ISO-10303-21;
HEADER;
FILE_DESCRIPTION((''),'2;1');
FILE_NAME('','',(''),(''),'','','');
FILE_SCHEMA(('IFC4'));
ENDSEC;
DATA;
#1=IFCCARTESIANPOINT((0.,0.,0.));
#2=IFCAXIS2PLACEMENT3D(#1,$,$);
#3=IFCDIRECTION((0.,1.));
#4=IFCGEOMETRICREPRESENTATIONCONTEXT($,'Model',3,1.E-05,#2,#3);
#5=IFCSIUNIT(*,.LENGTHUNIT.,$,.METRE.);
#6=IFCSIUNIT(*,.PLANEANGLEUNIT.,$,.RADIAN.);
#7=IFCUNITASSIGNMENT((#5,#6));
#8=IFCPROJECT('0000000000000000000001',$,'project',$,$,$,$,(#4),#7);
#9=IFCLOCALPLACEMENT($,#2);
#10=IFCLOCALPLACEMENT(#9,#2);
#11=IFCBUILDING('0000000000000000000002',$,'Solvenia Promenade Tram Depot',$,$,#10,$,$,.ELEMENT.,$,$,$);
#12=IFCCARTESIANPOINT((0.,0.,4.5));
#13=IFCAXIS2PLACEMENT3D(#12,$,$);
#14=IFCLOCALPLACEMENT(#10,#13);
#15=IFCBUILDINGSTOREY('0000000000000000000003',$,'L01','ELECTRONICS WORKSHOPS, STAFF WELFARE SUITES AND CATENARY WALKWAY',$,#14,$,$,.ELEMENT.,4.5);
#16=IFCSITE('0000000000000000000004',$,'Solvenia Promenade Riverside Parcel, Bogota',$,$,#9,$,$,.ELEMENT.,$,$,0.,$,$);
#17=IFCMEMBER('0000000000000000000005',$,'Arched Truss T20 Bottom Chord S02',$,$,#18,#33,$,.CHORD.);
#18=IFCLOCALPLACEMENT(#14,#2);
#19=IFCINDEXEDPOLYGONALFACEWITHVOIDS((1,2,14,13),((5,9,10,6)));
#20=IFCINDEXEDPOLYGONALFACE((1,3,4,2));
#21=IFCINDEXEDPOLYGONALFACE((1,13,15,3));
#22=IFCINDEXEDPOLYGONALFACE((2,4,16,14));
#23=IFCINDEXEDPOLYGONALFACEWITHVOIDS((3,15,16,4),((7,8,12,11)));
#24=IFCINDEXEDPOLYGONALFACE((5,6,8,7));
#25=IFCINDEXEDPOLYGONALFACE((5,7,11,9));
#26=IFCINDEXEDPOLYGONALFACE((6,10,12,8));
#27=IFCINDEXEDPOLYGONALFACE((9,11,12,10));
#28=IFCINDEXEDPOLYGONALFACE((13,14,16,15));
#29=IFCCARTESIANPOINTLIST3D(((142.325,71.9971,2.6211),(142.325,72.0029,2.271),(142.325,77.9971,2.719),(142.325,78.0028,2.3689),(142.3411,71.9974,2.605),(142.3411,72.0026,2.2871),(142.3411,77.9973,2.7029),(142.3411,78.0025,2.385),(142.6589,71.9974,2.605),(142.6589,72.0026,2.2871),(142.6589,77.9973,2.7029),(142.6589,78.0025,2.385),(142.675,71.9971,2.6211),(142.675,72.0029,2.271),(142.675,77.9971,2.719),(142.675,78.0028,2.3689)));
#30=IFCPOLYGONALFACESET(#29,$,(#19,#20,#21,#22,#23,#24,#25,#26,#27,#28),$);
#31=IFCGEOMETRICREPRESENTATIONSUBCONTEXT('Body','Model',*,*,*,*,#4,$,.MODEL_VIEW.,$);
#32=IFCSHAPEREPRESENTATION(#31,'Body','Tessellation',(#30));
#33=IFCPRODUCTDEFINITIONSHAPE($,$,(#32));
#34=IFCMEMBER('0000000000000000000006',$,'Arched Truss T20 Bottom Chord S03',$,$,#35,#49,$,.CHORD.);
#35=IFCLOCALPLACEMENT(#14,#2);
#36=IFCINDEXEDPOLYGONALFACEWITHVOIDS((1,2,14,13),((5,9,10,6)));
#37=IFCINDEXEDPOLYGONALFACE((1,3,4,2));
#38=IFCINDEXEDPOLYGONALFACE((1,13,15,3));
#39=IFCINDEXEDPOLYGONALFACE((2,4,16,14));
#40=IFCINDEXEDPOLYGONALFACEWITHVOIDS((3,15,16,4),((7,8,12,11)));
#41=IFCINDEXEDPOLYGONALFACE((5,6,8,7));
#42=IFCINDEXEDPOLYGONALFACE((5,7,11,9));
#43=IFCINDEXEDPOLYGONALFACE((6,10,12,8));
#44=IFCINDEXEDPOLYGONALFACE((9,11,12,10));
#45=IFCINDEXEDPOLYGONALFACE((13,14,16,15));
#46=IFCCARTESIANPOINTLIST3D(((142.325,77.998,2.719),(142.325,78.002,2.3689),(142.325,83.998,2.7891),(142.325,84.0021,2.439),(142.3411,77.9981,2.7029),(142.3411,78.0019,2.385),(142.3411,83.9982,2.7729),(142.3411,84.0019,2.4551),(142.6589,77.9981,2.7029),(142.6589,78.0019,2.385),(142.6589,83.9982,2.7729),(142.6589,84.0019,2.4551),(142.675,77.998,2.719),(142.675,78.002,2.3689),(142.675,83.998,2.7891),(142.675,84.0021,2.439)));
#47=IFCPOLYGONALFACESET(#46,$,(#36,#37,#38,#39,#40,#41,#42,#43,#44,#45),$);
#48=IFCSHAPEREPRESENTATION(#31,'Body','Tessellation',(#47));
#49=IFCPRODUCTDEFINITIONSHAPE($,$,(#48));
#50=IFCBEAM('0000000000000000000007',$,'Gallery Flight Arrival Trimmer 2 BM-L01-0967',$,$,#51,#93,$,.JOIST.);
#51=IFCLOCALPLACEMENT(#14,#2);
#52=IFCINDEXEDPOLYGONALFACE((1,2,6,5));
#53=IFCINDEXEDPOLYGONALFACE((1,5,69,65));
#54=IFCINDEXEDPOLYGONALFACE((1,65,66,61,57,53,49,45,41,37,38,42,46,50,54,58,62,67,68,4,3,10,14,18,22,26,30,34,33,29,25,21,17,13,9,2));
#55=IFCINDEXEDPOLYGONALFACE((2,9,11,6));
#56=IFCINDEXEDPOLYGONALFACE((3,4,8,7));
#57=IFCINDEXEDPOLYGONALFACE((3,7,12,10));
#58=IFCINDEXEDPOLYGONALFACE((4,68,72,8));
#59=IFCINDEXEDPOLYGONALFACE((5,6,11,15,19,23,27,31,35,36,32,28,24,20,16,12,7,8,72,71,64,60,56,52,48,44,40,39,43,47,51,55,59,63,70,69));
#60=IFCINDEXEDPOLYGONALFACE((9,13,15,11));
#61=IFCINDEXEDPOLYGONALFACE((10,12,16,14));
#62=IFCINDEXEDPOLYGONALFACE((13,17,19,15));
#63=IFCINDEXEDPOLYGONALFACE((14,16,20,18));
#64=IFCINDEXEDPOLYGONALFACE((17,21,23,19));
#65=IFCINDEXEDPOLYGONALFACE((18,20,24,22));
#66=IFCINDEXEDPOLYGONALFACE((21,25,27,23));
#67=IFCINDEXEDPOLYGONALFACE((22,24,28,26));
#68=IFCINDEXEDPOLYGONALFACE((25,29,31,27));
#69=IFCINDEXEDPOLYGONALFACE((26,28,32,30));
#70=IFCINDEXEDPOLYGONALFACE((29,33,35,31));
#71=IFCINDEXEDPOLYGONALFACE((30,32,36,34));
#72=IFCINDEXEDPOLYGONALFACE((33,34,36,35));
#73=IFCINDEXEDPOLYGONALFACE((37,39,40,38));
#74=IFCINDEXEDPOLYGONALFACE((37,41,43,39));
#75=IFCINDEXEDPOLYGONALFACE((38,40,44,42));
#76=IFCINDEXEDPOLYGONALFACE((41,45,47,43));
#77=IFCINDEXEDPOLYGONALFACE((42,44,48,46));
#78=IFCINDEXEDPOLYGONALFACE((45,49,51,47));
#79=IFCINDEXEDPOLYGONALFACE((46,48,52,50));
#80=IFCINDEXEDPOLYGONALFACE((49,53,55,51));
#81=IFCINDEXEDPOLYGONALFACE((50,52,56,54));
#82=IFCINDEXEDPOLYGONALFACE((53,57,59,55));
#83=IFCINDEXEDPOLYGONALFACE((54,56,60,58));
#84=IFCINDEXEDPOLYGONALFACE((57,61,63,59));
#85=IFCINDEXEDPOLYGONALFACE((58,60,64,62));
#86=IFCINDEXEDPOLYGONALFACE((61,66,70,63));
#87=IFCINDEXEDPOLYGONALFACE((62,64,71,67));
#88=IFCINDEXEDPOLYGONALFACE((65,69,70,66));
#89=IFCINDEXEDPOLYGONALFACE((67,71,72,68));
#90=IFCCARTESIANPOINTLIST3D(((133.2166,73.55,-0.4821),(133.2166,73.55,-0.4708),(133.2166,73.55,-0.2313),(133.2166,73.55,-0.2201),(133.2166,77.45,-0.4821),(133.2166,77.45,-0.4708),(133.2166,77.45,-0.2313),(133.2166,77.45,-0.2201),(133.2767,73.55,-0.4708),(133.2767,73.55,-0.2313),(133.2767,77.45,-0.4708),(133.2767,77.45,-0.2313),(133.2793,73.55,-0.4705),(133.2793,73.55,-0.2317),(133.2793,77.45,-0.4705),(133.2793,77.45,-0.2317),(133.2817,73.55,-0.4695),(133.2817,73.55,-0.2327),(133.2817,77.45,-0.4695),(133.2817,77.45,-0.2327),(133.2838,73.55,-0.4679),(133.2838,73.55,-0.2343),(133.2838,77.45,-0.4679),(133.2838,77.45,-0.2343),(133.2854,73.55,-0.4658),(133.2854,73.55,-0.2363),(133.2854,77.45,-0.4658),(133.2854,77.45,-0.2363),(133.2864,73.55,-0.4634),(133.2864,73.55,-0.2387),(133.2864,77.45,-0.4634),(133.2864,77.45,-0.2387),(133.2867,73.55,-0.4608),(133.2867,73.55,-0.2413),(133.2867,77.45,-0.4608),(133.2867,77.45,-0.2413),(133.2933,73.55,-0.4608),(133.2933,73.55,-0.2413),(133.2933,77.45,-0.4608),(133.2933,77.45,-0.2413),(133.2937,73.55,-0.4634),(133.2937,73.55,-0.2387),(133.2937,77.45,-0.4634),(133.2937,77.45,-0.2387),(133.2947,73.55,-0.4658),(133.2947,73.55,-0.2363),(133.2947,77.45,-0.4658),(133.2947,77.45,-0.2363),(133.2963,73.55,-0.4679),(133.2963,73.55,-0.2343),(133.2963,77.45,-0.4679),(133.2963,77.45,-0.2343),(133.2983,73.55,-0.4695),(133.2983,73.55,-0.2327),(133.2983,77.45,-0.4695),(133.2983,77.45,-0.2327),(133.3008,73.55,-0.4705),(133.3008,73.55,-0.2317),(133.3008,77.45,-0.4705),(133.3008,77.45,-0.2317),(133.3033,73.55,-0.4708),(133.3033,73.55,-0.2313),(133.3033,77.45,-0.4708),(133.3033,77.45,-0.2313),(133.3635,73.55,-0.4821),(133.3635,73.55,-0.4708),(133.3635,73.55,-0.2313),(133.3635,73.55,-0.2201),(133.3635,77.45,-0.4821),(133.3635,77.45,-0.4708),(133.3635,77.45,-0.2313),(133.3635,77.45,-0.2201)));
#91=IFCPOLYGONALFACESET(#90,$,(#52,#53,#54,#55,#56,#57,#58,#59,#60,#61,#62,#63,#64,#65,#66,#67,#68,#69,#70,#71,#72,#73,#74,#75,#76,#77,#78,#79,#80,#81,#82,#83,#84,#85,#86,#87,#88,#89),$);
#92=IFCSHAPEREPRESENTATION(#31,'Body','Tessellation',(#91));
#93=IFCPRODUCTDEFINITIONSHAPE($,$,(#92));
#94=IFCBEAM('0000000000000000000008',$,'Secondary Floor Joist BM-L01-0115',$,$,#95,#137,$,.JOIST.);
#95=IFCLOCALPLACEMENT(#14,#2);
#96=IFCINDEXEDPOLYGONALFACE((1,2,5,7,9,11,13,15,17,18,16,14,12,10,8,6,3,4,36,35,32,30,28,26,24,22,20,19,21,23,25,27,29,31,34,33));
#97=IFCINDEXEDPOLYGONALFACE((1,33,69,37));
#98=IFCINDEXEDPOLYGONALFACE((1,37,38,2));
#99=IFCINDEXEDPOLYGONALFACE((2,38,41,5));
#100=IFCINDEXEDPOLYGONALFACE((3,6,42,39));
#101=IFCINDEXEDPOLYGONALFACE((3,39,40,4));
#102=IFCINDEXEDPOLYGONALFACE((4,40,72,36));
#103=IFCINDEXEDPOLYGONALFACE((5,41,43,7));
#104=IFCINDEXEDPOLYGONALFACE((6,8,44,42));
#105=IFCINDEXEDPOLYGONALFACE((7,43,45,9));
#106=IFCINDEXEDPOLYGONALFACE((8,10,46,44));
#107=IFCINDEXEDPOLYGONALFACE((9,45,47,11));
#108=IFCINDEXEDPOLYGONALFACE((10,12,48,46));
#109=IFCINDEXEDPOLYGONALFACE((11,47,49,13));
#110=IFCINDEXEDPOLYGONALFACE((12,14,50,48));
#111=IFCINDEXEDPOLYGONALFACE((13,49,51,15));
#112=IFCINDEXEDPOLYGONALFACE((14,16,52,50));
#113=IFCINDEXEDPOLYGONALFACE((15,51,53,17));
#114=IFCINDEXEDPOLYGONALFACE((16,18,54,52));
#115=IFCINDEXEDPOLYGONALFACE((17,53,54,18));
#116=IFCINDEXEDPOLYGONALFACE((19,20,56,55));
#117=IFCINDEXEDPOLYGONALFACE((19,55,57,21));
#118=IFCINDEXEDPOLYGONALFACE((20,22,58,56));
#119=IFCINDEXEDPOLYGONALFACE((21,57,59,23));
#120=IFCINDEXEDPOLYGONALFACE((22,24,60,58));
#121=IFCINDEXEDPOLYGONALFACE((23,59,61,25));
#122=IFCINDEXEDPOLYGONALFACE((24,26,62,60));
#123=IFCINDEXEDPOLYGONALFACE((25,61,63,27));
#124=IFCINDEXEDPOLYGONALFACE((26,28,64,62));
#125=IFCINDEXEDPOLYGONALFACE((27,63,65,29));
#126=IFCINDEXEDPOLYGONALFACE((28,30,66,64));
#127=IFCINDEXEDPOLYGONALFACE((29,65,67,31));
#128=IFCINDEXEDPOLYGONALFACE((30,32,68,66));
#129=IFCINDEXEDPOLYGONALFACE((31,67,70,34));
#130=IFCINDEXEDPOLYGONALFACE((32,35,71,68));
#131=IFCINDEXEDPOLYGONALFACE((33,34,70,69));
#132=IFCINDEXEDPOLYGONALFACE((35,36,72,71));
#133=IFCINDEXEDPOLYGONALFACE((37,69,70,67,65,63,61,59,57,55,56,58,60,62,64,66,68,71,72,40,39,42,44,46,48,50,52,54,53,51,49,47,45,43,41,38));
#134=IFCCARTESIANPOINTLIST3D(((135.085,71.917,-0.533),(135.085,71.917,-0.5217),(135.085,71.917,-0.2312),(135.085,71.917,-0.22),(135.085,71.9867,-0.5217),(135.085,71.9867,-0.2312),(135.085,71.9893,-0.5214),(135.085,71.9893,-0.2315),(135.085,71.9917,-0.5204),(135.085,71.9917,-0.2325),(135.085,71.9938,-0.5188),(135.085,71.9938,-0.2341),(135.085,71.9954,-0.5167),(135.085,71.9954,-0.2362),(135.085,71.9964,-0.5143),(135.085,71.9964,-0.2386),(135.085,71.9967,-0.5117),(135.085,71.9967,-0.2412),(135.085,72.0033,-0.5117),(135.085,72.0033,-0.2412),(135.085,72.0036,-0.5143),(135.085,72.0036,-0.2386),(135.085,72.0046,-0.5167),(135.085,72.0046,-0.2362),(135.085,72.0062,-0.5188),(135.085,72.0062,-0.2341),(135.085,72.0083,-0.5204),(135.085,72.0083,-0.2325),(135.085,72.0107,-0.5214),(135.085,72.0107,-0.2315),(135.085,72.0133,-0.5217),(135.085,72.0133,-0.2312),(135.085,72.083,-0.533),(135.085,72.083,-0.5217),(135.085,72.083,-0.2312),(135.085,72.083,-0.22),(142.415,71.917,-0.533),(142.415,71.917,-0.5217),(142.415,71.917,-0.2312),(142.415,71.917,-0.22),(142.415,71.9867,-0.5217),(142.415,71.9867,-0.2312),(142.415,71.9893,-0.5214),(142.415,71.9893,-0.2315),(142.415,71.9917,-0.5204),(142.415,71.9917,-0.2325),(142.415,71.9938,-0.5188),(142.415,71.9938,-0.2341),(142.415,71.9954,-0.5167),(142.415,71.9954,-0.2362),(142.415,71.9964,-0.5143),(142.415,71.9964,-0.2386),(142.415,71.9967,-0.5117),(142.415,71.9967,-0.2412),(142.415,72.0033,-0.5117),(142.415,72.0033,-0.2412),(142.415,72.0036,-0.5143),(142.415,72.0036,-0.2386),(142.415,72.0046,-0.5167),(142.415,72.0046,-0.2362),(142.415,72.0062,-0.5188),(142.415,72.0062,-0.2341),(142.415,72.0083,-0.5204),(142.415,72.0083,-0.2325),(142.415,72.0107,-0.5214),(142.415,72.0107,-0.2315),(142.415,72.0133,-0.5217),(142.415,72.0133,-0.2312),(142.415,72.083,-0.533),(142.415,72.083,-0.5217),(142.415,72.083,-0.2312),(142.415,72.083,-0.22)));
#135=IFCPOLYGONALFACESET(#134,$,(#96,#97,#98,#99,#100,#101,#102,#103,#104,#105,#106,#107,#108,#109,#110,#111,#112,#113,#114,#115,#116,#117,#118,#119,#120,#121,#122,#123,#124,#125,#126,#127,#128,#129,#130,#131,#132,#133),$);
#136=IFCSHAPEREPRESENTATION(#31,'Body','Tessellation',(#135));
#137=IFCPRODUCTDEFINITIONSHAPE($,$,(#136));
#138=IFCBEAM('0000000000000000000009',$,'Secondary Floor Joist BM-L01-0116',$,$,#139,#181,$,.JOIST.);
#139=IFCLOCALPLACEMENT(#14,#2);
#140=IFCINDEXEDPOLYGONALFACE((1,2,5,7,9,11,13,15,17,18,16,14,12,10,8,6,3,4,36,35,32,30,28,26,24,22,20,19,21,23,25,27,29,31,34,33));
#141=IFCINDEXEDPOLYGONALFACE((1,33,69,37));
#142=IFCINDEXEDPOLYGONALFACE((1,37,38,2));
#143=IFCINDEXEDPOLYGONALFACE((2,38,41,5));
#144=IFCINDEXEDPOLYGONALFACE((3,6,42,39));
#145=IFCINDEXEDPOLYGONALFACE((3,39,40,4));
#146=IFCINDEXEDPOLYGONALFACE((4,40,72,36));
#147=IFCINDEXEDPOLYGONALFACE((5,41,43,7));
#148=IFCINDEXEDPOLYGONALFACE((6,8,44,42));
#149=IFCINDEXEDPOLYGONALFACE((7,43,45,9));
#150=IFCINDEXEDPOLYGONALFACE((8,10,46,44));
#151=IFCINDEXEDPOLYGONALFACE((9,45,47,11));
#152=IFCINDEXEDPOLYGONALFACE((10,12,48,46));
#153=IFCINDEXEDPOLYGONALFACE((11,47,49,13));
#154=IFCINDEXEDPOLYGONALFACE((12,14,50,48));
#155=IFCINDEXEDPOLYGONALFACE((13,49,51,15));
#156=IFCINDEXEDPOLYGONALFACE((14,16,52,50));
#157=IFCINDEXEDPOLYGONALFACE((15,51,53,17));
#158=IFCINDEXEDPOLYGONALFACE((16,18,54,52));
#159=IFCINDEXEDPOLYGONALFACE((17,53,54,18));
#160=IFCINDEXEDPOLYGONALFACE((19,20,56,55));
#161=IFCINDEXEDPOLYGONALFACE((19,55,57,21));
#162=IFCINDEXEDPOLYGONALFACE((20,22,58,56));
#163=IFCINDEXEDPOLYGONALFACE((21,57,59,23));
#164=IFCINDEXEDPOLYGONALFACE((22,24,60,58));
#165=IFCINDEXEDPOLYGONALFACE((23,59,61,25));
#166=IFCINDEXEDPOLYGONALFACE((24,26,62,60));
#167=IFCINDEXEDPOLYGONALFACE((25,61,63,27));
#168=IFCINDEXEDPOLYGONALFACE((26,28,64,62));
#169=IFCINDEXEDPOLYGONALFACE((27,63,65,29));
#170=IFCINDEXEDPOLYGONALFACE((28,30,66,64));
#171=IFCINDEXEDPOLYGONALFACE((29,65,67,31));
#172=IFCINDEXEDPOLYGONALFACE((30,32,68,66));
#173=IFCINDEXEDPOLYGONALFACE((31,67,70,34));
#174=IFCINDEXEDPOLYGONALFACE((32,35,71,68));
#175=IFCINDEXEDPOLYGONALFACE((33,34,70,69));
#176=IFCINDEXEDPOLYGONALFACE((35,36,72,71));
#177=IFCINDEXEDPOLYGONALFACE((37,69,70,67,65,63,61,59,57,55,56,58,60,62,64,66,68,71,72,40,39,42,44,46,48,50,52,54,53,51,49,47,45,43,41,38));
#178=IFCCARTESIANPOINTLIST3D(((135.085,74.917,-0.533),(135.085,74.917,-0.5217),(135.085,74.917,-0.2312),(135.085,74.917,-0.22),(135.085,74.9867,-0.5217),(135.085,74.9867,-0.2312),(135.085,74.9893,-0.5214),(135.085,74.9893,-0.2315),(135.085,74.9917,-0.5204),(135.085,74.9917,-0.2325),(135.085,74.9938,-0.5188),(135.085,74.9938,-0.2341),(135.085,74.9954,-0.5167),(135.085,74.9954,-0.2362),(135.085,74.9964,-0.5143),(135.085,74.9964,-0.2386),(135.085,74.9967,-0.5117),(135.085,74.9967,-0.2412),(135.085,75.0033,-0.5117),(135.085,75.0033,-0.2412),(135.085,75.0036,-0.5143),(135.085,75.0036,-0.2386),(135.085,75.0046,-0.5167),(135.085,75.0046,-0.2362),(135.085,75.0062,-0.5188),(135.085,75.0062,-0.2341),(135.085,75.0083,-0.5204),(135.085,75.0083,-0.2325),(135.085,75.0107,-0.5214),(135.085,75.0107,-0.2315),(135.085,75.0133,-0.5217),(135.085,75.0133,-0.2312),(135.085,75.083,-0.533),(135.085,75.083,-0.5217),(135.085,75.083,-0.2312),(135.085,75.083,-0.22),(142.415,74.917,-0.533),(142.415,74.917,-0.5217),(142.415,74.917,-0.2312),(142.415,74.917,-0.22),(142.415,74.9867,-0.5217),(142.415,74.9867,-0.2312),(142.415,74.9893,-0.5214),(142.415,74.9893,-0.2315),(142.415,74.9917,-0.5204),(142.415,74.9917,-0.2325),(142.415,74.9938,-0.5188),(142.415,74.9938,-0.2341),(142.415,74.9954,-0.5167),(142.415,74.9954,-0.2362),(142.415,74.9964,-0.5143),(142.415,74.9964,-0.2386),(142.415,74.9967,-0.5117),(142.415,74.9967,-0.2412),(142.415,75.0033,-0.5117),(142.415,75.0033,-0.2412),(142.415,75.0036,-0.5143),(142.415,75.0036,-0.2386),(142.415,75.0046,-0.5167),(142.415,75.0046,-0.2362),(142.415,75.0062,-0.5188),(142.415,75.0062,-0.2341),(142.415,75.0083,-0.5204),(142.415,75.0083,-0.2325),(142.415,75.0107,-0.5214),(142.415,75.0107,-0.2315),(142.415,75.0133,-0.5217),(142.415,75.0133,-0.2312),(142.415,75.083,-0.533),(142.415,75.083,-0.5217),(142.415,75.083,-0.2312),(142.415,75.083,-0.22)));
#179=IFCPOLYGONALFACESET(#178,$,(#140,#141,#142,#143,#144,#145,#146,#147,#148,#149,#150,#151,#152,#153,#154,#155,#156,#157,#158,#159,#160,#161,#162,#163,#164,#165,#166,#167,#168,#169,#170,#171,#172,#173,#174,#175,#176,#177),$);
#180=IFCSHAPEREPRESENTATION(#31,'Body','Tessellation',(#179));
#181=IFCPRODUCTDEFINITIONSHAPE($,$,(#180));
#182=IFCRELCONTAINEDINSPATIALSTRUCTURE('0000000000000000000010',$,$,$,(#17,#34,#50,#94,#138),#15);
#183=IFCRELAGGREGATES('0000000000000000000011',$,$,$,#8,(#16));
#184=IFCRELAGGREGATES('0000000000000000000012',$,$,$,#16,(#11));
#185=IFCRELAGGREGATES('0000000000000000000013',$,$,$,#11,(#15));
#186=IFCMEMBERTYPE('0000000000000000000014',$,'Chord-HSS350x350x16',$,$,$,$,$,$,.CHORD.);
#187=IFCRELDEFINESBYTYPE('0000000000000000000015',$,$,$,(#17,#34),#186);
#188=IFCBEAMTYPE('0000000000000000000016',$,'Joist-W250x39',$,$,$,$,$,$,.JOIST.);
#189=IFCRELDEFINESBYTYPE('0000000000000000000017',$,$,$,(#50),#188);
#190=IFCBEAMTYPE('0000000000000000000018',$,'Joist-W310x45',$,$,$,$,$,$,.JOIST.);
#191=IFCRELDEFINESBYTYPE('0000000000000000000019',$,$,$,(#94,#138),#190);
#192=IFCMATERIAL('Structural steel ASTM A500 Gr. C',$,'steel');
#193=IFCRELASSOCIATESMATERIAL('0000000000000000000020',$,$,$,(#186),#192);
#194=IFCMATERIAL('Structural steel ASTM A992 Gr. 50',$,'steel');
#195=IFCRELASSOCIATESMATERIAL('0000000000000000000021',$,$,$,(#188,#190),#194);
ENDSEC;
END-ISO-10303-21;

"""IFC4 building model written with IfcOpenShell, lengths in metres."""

from ifc_helpers import new_model, si_unit, direction, frame, origin, origin_2d, place, context, subcontext, project, spatial, hollow_rectangle, i_section, extrude, material, material_profile, profile_set, type_object, element, save


model = new_model("IFC4")

# Units and contexts
model_context = context("Model", 3, precision=1e-05, world=origin(), true_north=direction((0.0, 1.0)))
body_context = subcontext(model_context, "Body", "Model", "MODEL_VIEW")
ifc_project = project(units=[si_unit("LENGTHUNIT", "METRE"), si_unit("PLANEANGLEUNIT", "RADIAN")], contexts=[model_context])

# Site, building, storey
site_placement = place(None, origin())
site = spatial("IfcSite", under=ifc_project, at=site_placement, Name="Solvenia Promenade Riverside Parcel, Bogota", CompositionType="ELEMENT", RefElevation=0.0)
building_placement = place(site_placement, origin())
building = spatial("IfcBuilding", under=site, at=building_placement, Name="Solvenia Promenade Tram Depot", CompositionType="ELEMENT")
storey_placement = place(building_placement, frame((0.0, 0.0, 4.5)))
storey = spatial("IfcBuildingStorey", under=building, at=storey_placement, Name="L01", Description="ELECTRONICS WORKSHOPS, STAFF WELFARE SUITES AND CATENARY WALKWAY", CompositionType="ELEMENT", Elevation=4.5)

# Members
ifc_material_1 = material(Name="Structural steel ASTM A500 Gr. C", Category="steel")
ifc_material_profile_1 = material_profile(ifc_material_1, hollow_rectangle(XDim=0.3501, YDim=0.3501, WallThickness=0.0161, at=origin_2d()), Name="HSS350x350x16", Category="steel")
ifc_profile_set_1 = profile_set([ifc_material_profile_1], Name="Structural steel ASTM A500 Gr. C")
member_type_1 = type_object("IfcMemberType", Name="Chord-HSS350x350x16", PredefinedType="CHORD", material=ifc_profile_set_1)
member_1_placement = place(storey_placement, frame((142.5, 72.0, 2.446), z_axis=(0.0, 0.999867, 0.016315), x_axis=(-1.0, 0.0, 0.0)))
element("IfcMember", 1, at=member_1_placement, inside=storey, type_object=member_type_1, Name="Arched Truss T20 Bottom Chord S02", PredefinedType="CHORD", context=body_context, shape_type="SweptSolid", body=[
    extrude(hollow_rectangle(XDim=0.3501, YDim=0.3501, WallThickness=0.0161, at=origin_2d()), origin(), (0.0, 0.0, 1.0), 6.0007),
])
member_2_placement = place(storey_placement, frame((142.5, 78.0, 2.5439), z_axis=(0.0, 0.999932, 0.011677), x_axis=(-1.0, 0.0, 0.0)))
element("IfcMember", 2, at=member_2_placement, inside=storey, type_object=member_type_1, Name="Arched Truss T20 Bottom Chord S03", PredefinedType="CHORD", context=body_context, shape_type="SweptSolid", body=[
    extrude(hollow_rectangle(XDim=0.3501, YDim=0.3501, WallThickness=0.0161, at=origin_2d()), origin(), (0.0, 0.0, 1.0), 6.0005),
])

# Beams
ifc_material_2 = material(Name="Structural steel ASTM A992 Gr. 50", Category="steel")
ifc_material_profile_2 = material_profile(ifc_material_2, i_section(OverallWidth=0.147, OverallDepth=0.262, WebThickness=0.0066, FlangeThickness=0.0112, FilletRadius=0.01, at=origin_2d()), Name="W250x39", Category="steel")
ifc_profile_set_2 = profile_set([ifc_material_profile_2], Name="Structural steel ASTM A992 Gr. 50")
beam_type_1 = type_object("IfcBeamType", Name="Joist-W250x39", PredefinedType="JOIST", material=ifc_profile_set_2)
beam_1_placement = place(storey_placement, frame((133.29, 73.55, -0.3511), z_axis=(0.0, 1.0, 0.0), x_axis=(-1.0, 0.0, 0.0)))
element("IfcBeam", 3, at=beam_1_placement, inside=storey, type_object=beam_type_1, Name="Gallery Flight Arrival Trimmer 2 BM-L01-0967", PredefinedType="JOIST", context=body_context, shape_type="SweptSolid", body=[
    extrude(i_section(OverallWidth=0.147, OverallDepth=0.262, WebThickness=0.0066, FlangeThickness=0.0112, FilletRadius=0.01, at=origin_2d()), origin(), (0.0, 0.0, 1.0), 3.8999),
])
ifc_material_profile_3 = material_profile(ifc_material_2, i_section(OverallWidth=0.166, OverallDepth=0.313, WebThickness=0.0066, FlangeThickness=0.0112, FilletRadius=0.01, at=origin_2d()), Name="W310x45", Category="steel")
ifc_profile_set_3 = profile_set([ifc_material_profile_3], Name="Structural steel ASTM A992 Gr. 50")
beam_type_2 = type_object("IfcBeamType", Name="Joist-W310x45", PredefinedType="JOIST", material=ifc_profile_set_3)
for number, where, z_axis, x_axis, name in (
    (4, (135.085, 72.0, -0.3765), (1.0, 0.0, 0.0), (0.0, 1.0, 0.0), "Secondary Floor Joist BM-L01-0115"),
    (5, (135.085, 75.0, -0.3765), (1.0, 0.0, 0.0), (0.0, 1.0, 0.0), "Secondary Floor Joist BM-L01-0116"),
):
    element("IfcBeam", number, at=place(storey_placement, frame(where, z_axis=z_axis, x_axis=x_axis)), inside=storey, type_object=beam_type_2, Name=name, PredefinedType="JOIST", context=body_context, shape_type="SweptSolid", body=[
        extrude(i_section(OverallWidth=0.166, OverallDepth=0.313, WebThickness=0.0066, FlangeThickness=0.0112, FilletRadius=0.01, at=origin_2d()), origin(), (0.0, 0.0, 1.0), 7.3301),
    ])

save(model, "model.ifc")
